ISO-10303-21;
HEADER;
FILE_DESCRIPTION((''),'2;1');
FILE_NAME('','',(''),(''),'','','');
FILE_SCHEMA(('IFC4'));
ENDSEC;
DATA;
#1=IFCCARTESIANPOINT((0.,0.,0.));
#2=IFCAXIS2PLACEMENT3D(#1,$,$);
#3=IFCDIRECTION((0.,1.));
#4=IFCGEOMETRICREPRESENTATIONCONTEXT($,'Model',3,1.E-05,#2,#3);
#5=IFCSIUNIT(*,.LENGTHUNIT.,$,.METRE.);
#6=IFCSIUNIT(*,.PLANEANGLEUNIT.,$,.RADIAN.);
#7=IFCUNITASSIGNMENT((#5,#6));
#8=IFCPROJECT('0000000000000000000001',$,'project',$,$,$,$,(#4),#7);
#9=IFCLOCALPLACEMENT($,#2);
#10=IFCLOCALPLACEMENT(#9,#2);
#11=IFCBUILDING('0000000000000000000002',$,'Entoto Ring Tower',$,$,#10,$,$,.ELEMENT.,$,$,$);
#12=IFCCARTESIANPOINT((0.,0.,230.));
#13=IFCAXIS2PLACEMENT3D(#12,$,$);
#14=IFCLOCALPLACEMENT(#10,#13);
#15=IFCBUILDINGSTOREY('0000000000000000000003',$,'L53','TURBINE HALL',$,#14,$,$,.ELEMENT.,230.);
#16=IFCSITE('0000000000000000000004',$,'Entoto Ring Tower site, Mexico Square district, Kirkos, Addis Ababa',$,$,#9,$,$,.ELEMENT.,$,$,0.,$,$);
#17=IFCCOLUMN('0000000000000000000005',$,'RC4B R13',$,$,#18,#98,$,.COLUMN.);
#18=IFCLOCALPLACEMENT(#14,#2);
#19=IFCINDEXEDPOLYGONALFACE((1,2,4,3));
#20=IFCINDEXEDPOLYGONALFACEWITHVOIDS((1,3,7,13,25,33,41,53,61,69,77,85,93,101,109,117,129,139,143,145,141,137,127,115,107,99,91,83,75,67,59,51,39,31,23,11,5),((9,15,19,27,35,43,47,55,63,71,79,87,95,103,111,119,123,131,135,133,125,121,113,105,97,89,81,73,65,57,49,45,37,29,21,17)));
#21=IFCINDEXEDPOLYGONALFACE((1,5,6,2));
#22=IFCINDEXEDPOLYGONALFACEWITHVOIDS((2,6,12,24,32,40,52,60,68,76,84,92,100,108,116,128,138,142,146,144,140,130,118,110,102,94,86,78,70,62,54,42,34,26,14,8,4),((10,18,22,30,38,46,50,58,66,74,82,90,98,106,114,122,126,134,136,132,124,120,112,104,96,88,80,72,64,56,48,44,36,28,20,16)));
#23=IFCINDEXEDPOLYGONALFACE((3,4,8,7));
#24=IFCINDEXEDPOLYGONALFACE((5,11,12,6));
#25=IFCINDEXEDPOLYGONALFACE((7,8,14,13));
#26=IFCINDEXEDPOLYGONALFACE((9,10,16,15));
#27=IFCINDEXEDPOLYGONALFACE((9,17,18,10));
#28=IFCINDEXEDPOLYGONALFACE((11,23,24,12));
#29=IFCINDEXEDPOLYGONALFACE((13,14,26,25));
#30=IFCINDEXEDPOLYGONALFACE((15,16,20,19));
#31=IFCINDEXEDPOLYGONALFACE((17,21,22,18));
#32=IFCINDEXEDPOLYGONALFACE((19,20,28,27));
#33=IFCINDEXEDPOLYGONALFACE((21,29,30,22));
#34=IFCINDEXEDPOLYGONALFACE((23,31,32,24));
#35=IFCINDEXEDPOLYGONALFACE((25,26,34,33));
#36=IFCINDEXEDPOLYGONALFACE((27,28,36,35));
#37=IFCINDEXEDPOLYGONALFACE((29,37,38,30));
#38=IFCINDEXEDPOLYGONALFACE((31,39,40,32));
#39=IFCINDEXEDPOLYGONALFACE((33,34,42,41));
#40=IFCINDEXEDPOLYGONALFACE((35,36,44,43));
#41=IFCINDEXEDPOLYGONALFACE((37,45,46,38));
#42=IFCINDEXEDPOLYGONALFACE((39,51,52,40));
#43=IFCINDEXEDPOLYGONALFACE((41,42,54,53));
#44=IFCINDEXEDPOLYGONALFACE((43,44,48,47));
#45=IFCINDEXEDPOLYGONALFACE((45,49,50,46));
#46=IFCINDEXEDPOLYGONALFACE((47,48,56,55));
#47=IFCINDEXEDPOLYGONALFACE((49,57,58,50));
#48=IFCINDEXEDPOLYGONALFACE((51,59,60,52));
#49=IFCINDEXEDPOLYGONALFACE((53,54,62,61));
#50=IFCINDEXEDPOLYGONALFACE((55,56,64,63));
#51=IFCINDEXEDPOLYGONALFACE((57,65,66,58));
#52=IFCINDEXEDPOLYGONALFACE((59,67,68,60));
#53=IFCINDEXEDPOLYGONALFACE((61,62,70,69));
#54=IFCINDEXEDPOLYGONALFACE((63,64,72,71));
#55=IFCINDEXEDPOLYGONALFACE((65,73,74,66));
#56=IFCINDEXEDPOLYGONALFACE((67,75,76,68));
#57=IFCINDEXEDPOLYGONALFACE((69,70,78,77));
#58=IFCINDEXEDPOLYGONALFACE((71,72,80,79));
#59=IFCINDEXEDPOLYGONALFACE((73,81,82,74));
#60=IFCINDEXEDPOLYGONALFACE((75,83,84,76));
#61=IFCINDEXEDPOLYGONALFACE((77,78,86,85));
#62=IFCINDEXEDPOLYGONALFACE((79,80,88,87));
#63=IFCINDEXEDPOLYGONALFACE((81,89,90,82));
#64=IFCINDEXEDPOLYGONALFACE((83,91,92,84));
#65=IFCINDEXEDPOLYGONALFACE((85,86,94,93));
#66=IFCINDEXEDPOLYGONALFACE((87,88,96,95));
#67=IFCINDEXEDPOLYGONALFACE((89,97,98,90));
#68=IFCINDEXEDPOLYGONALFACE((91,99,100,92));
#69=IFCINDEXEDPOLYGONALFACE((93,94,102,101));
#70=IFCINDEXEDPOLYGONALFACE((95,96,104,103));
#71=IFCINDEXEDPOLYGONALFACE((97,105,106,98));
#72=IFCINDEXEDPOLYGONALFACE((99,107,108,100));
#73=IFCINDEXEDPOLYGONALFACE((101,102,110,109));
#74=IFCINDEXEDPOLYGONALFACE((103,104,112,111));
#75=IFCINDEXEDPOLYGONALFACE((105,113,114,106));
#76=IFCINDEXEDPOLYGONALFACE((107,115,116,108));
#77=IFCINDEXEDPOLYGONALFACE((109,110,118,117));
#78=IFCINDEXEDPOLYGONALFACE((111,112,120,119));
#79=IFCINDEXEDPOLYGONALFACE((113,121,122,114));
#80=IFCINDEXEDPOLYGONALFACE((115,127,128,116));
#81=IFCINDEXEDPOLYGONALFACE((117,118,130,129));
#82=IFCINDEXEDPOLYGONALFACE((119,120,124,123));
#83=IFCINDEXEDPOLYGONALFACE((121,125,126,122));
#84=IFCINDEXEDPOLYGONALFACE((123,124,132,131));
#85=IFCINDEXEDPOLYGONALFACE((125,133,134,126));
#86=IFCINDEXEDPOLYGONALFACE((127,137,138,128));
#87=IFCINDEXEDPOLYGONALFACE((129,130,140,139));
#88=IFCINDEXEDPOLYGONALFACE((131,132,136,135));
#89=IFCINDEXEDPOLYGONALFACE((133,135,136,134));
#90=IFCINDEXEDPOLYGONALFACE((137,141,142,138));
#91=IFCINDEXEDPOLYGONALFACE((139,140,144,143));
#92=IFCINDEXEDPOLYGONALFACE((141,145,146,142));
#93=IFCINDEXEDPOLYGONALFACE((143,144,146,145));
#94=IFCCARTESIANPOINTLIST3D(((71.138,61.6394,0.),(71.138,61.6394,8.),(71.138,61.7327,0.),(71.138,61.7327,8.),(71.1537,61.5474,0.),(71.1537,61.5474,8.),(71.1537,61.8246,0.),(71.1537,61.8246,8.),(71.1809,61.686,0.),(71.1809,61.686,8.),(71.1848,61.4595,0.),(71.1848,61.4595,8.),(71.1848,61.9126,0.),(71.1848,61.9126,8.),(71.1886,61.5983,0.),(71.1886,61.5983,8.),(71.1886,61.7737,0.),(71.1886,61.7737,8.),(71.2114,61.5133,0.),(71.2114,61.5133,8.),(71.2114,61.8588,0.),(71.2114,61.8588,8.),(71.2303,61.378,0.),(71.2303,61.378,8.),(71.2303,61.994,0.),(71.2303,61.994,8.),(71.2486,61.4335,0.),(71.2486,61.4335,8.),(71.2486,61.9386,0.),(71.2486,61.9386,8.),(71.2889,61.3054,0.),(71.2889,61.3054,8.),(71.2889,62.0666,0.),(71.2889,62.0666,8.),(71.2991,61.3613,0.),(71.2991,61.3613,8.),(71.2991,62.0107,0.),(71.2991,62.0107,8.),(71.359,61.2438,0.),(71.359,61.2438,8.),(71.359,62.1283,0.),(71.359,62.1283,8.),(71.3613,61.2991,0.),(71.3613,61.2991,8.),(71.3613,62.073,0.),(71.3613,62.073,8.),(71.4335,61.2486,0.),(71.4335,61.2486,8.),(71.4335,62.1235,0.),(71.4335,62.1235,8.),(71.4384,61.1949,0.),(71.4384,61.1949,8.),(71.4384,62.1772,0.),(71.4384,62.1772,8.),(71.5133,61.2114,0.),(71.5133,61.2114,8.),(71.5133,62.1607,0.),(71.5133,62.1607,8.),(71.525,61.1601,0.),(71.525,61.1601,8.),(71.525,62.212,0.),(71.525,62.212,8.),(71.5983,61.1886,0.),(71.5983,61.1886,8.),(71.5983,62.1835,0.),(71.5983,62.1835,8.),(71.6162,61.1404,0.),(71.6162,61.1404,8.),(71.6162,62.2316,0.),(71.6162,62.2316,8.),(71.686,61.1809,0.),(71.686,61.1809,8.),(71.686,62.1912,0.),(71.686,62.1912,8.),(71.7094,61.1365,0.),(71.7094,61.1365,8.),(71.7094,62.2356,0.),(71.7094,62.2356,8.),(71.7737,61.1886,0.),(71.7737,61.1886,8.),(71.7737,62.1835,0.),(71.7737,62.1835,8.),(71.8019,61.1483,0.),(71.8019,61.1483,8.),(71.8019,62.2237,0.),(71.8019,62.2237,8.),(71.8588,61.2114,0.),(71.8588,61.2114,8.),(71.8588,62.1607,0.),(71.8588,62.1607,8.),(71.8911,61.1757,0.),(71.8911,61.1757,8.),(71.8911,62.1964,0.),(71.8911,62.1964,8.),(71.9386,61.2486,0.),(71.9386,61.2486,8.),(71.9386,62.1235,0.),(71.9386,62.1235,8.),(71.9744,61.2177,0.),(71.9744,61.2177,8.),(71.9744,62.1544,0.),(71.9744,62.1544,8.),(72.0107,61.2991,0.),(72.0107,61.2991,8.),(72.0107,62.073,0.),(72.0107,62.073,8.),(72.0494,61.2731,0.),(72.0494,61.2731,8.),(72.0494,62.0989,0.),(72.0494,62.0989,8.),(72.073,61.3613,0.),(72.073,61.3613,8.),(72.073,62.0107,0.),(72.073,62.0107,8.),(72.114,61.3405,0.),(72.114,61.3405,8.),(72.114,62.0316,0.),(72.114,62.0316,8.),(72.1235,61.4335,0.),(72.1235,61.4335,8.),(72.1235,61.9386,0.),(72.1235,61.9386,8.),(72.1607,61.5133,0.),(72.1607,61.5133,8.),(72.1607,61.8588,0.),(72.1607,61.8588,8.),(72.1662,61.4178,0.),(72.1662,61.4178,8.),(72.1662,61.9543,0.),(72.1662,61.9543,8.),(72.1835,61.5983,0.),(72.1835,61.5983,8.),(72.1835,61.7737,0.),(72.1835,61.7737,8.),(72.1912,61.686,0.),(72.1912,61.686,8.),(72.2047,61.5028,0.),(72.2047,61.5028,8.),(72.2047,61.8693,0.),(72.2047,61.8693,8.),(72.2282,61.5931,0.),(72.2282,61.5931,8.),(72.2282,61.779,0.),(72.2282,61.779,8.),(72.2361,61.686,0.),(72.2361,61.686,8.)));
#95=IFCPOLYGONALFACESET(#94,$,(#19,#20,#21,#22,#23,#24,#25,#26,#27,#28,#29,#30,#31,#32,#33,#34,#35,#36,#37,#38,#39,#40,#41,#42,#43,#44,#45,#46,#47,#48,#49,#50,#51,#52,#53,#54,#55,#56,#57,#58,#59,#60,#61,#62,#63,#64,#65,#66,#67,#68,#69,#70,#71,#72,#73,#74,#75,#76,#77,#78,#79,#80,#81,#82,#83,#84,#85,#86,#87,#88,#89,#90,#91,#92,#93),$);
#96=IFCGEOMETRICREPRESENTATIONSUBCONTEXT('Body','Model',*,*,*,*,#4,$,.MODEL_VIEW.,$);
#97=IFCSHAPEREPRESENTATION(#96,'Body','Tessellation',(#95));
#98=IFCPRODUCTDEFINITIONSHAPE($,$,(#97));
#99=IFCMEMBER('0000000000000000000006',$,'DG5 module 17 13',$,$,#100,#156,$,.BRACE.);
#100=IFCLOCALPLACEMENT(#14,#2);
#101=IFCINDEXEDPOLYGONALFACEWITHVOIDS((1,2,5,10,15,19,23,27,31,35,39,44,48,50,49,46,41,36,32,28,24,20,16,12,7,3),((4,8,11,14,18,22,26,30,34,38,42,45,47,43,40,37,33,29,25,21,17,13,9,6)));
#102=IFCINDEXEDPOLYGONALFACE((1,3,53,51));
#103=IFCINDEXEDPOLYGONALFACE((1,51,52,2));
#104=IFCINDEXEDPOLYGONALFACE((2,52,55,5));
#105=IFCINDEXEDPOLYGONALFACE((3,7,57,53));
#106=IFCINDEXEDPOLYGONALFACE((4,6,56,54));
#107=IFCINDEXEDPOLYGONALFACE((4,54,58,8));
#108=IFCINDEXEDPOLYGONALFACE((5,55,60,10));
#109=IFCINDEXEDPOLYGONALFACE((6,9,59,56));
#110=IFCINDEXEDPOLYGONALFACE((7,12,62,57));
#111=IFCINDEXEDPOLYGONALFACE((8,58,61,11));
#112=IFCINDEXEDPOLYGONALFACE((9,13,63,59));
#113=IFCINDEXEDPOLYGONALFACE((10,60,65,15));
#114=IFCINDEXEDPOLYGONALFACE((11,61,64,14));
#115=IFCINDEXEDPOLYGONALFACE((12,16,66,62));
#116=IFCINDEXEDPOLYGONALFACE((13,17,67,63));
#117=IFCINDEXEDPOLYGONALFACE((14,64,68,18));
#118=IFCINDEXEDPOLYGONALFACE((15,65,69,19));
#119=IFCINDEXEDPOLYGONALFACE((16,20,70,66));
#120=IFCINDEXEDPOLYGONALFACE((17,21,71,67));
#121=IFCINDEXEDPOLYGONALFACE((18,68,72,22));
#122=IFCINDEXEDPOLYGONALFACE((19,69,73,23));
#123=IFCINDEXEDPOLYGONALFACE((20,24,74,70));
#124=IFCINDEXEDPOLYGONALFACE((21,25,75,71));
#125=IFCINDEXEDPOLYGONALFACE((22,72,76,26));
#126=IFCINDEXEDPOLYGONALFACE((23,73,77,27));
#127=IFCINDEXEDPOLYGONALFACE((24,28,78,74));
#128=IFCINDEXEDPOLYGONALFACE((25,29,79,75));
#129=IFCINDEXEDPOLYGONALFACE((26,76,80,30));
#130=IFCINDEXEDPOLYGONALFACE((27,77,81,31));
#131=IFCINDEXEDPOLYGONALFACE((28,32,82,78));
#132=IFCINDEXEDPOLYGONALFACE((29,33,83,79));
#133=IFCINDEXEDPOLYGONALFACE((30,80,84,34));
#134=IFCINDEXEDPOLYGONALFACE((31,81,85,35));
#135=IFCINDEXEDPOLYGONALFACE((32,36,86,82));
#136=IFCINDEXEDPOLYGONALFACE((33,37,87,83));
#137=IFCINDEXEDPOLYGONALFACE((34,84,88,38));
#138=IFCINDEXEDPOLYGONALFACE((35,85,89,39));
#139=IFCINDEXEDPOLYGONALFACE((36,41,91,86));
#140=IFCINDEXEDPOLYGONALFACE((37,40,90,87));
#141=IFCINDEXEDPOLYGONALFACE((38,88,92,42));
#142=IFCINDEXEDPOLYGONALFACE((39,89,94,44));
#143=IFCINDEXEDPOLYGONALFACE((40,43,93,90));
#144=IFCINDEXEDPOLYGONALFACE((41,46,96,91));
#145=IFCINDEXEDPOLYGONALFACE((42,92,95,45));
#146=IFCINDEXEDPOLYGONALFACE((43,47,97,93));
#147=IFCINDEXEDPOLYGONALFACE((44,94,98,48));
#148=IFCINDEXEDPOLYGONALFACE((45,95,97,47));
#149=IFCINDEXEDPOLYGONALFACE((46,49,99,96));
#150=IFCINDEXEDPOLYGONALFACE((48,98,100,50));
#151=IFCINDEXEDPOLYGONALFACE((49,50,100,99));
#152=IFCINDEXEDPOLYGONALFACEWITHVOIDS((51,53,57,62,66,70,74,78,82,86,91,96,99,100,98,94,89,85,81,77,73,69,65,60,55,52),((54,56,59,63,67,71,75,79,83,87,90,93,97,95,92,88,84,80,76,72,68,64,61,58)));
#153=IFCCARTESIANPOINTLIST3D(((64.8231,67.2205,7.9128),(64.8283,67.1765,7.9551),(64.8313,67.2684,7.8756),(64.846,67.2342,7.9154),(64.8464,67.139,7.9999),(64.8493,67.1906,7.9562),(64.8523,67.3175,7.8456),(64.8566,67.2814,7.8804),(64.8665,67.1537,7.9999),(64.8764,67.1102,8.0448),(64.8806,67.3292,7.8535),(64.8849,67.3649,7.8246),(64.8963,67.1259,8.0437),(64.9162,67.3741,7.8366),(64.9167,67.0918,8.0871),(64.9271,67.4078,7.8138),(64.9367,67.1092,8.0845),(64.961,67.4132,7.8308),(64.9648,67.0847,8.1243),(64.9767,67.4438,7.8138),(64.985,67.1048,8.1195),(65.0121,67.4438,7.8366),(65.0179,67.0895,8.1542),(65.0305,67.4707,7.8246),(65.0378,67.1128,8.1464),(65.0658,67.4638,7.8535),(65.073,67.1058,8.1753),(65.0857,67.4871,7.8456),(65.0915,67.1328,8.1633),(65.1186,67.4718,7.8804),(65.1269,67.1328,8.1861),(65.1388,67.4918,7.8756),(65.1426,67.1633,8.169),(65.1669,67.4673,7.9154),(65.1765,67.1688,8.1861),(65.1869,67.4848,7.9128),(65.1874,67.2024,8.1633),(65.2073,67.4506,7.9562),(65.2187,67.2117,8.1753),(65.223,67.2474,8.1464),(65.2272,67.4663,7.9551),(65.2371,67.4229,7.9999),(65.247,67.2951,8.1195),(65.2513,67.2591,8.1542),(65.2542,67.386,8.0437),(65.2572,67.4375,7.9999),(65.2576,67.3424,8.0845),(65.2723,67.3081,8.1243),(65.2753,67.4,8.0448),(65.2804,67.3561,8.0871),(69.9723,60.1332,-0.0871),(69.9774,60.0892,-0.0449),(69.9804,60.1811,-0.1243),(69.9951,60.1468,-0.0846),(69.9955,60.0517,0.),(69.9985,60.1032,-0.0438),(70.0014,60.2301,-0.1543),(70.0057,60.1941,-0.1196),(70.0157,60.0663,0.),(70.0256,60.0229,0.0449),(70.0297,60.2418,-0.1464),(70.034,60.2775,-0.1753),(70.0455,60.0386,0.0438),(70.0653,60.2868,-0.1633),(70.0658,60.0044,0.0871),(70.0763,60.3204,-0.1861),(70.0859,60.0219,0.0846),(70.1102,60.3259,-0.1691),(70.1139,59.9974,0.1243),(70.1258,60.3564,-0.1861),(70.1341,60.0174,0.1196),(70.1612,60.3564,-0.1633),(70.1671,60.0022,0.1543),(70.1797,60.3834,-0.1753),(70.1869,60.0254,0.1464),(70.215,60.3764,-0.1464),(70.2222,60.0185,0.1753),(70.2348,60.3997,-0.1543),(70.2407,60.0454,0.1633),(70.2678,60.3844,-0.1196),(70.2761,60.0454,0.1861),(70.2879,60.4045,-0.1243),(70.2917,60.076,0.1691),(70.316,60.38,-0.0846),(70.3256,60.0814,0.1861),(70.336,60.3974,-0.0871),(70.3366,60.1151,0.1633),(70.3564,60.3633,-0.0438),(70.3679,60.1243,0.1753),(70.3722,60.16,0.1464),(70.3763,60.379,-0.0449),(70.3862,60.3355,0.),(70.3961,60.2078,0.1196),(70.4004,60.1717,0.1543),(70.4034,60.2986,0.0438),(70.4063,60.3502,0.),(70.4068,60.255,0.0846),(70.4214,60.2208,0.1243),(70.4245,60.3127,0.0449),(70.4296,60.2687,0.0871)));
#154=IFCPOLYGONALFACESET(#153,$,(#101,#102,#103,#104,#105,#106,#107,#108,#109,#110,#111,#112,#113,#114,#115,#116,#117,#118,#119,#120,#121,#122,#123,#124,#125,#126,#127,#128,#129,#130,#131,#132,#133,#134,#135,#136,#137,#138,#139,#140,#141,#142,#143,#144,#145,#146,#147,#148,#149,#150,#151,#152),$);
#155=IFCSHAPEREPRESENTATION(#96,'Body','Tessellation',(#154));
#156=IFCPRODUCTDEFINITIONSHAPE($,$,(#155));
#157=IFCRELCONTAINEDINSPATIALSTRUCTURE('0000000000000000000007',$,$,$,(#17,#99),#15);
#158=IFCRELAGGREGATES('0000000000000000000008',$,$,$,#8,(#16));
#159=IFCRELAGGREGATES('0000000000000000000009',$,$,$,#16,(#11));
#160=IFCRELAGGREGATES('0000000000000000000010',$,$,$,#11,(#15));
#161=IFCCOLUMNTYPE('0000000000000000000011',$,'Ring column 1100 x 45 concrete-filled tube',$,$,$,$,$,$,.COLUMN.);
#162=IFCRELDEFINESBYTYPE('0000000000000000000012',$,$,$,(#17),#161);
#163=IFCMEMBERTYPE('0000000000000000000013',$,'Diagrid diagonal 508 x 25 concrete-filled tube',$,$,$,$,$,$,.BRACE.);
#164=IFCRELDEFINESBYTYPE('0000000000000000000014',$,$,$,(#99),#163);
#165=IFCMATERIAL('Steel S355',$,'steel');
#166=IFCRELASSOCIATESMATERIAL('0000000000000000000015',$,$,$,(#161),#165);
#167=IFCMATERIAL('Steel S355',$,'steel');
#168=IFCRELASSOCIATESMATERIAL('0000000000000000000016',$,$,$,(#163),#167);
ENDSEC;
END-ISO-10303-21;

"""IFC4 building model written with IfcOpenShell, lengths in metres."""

from ifc_helpers import new_model, si_unit, direction, frame, origin, origin_2d, place, context, subcontext, project, spatial, circle, hollow_circle, extrude, material, material_profile, profile_set, type_object, element, save


model = new_model("IFC4")

# Units and contexts
model_context = context("Model", 3, precision=1e-05, world=origin(), true_north=direction((0.0, 1.0)))
body_context = subcontext(model_context, "Body", "Model", "MODEL_VIEW")
ifc_project = project(units=[si_unit("LENGTHUNIT", "METRE"), si_unit("PLANEANGLEUNIT", "RADIAN")], contexts=[model_context])

# Site, building, storey
site_placement = place(None, origin())
site = spatial("IfcSite", under=ifc_project, at=site_placement, Name="Entoto Ring Tower site, Mexico Square district, Kirkos, Addis Ababa", CompositionType="ELEMENT", RefElevation=0.0)
building_placement = place(site_placement, origin())
building = spatial("IfcBuilding", under=site, at=building_placement, Name="Entoto Ring Tower", CompositionType="ELEMENT")
storey_placement = place(building_placement, frame((0.0, 0.0, 230.0)))
storey = spatial("IfcBuildingStorey", under=building, at=storey_placement, Name="L53", Description="TURBINE HALL", CompositionType="ELEMENT", Elevation=230.0)

# Column
ifc_material_1 = material(Name="Steel S355", Category="steel")
ifc_material_profile_1 = material_profile(ifc_material_1, hollow_circle(Radius=0.55, WallThickness=0.0449, at=origin_2d()), Name="CHS 1100 x 45")
ifc_material_2 = material(Name="Concrete C60/75", Category="concrete")
ifc_material_profile_2 = material_profile(ifc_material_2, circle(Radius=0.5049, at=origin_2d()), Name="Concrete C60/75 infill")
ifc_profile_set_1 = profile_set([ifc_material_profile_1, ifc_material_profile_2], Name="Steel S355")
column_type = type_object("IfcColumnType", Name="Ring column 1100 x 45 concrete-filled tube", PredefinedType="COLUMN", material=ifc_profile_set_1)
column_placement = place(storey_placement, frame((71.686, 61.686, 0.0), z_axis=(0.0, 0.0, 1.0), x_axis=(1.0, 0.0, 0.0)))
element("IfcColumn", 1, at=column_placement, inside=storey, type_object=column_type, Name="RC4B R13", PredefinedType="COLUMN", context=body_context, shape_type="SweptSolid", body=[
    extrude(hollow_circle(Radius=0.55, WallThickness=0.0449, at=origin_2d()), origin(), (0.0, 0.0, 1.0), 8.0),
])

# Member
ifc_material_3 = material(Name="Steel S355", Category="steel")
ifc_material_profile_3 = material_profile(ifc_material_3, hollow_circle(Radius=0.2539, WallThickness=0.0249, at=origin_2d()), Name="CHS 508 x 25")
ifc_material_4 = material(Name="Concrete C60/75", Category="concrete")
ifc_material_profile_4 = material_profile(ifc_material_4, circle(Radius=0.229, at=origin_2d()), Name="Concrete C60/75 infill")
ifc_profile_set_2 = profile_set([ifc_material_profile_3, ifc_material_profile_4], Name="Steel S355")
member_type_1 = type_object("IfcMemberType", Name="Diagrid diagonal 508 x 25 concrete-filled tube", PredefinedType="BRACE", material=ifc_profile_set_2)
for number, where, z_axis, x_axis, name in (
    (2, (70.2009, 60.2009, 0.0), (-0.434031, 0.597407, 0.674331), (-0.809024, -0.587776, 0.0), "DG5 module 17 13"),
):
    element("IfcMember", number, at=place(storey_placement, frame(where, z_axis=z_axis, x_axis=x_axis)), inside=storey, type_object=member_type_1, Name=name, PredefinedType="BRACE", context=body_context, shape_type="SweptSolid", body=[
        extrude(hollow_circle(Radius=0.2539, WallThickness=0.0249, at=origin_2d()), origin(), (0.0, 0.0, 1.0), 11.8635),
    ])

save(model, "model.ifc")
